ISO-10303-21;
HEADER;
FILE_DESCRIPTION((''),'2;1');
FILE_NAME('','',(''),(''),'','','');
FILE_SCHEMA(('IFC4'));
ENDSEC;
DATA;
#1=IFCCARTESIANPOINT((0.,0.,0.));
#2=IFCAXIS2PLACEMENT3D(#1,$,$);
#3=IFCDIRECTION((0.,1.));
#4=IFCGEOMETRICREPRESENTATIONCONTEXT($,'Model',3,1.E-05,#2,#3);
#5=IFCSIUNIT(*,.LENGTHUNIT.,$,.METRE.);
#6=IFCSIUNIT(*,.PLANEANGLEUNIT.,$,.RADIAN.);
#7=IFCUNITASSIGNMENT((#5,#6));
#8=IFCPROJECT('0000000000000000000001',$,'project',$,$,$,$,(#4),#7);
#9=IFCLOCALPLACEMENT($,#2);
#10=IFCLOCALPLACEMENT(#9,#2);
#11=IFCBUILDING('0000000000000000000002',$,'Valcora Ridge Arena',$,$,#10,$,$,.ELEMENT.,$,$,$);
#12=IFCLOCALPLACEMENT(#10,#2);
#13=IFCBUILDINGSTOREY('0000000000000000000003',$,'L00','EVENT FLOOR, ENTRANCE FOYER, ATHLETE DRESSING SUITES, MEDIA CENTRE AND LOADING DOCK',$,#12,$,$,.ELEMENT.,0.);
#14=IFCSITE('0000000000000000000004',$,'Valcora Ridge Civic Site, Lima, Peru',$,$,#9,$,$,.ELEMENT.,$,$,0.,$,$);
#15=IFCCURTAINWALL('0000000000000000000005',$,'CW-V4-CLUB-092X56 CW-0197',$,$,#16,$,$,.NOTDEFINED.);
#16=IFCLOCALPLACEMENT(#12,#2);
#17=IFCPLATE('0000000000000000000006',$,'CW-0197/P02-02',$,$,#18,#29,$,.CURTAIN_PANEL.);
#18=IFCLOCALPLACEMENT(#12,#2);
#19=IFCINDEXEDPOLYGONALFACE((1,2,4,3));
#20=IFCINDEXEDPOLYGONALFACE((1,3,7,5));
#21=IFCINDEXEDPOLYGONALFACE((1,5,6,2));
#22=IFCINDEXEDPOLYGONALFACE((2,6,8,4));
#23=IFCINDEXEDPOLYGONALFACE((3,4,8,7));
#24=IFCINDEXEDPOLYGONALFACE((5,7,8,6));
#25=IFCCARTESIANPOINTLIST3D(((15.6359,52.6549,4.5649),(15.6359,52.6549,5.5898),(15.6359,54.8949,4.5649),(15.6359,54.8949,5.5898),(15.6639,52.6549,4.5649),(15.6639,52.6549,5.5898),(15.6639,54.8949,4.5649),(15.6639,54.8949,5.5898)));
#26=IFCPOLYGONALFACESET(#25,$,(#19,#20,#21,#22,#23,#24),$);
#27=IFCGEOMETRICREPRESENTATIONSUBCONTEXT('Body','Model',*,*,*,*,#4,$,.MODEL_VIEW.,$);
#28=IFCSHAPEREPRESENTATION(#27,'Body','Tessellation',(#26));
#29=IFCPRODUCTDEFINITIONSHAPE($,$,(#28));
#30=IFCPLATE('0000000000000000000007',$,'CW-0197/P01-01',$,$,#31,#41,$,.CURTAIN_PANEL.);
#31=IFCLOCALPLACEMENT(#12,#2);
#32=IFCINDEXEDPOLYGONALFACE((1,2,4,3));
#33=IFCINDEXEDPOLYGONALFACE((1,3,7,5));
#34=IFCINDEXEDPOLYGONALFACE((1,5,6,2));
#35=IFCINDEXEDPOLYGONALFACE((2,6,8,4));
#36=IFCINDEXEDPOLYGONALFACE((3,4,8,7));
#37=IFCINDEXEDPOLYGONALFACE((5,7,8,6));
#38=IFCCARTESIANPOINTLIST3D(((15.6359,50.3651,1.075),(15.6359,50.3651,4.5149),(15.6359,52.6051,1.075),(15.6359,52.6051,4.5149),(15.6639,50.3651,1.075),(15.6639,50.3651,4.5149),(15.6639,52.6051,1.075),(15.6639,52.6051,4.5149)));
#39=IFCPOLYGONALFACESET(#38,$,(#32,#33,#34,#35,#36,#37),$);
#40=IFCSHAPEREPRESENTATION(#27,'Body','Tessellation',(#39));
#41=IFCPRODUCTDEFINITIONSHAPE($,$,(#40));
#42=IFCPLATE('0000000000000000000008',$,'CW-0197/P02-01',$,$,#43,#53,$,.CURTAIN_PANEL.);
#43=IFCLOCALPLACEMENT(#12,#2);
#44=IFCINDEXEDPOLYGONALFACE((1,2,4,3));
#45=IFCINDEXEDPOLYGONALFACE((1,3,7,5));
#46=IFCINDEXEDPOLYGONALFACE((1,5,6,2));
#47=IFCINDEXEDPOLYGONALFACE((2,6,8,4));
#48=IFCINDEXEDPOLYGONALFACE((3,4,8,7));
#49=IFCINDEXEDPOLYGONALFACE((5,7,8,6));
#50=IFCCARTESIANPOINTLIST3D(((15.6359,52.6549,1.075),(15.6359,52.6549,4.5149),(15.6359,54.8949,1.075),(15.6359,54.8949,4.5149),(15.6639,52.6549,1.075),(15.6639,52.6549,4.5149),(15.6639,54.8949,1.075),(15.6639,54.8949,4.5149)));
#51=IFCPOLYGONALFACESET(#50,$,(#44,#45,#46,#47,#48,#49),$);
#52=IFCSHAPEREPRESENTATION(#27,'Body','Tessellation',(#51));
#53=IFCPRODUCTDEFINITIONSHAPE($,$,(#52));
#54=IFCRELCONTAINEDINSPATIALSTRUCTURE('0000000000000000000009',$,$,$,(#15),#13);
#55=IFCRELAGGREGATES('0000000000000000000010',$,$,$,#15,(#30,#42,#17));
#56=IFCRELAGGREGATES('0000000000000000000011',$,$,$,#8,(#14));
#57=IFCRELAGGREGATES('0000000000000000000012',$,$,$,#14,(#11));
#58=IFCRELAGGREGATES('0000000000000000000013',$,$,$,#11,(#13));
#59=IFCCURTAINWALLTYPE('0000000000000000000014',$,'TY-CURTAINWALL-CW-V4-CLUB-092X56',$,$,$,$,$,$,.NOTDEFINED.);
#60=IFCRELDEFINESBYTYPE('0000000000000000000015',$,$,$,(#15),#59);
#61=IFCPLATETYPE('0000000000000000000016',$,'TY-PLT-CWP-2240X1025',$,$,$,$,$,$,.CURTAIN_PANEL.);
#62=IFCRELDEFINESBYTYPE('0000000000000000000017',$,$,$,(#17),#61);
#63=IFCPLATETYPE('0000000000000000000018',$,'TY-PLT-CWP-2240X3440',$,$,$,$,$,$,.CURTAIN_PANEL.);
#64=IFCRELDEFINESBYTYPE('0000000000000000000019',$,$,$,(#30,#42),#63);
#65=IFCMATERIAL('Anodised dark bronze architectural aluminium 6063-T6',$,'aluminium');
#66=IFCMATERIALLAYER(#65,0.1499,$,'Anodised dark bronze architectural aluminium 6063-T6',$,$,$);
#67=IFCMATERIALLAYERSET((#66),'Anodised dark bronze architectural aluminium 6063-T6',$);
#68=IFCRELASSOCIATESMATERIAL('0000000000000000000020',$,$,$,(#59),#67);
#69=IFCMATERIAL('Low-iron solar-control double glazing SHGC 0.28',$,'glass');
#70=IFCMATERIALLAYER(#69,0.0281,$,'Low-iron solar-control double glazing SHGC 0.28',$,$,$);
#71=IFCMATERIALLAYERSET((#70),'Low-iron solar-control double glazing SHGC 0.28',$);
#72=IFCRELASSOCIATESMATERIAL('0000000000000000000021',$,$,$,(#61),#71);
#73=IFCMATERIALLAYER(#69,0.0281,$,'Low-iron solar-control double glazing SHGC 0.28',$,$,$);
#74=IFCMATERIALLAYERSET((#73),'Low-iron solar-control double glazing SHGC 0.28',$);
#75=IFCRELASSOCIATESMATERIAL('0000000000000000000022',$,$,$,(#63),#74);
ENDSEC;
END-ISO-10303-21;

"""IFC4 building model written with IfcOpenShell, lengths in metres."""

from ifc_helpers import new_model, si_unit, direction, frame, origin, origin_2d, place, context, subcontext, project, spatial, rectangle, extrude, material, layer, layer_set, type_object, element, aggregate, save


model = new_model("IFC4")

# Units and contexts
model_context = context("Model", 3, precision=1e-05, world=origin(), true_north=direction((0.0, 1.0)))
body_context = subcontext(model_context, "Body", "Model", "MODEL_VIEW")
ifc_project = project(units=[si_unit("LENGTHUNIT", "METRE"), si_unit("PLANEANGLEUNIT", "RADIAN")], contexts=[model_context])

# Site, building, storey
site_placement = place(None, origin())
site = spatial("IfcSite", under=ifc_project, at=site_placement, Name="Valcora Ridge Civic Site, Lima, Peru", CompositionType="ELEMENT", RefElevation=0.0)
building_placement = place(site_placement, origin())
building = spatial("IfcBuilding", under=site, at=building_placement, Name="Valcora Ridge Arena", CompositionType="ELEMENT")
storey_placement = place(building_placement, origin())
storey = spatial("IfcBuildingStorey", under=building, at=storey_placement, Name="L00", Description="EVENT FLOOR, ENTRANCE FOYER, ATHLETE DRESSING SUITES, MEDIA CENTRE AND LOADING DOCK", CompositionType="ELEMENT", Elevation=0.0)

# Curtain wall, plates
ifc_material_1 = material(Name="Anodised dark bronze architectural aluminium 6063-T6", Category="aluminium")
ifc_layer_1 = layer(ifc_material_1, 0.1499, Name="Anodised dark bronze architectural aluminium 6063-T6")
ifc_layer_set_1 = layer_set([ifc_layer_1], Name="Anodised dark bronze architectural aluminium 6063-T6")
curtain_wall_type = type_object("IfcCurtainWallType", Name="TY-CURTAINWALL-CW-V4-CLUB-092X56", PredefinedType="NOTDEFINED", material=ifc_layer_set_1)
curtain_wall_placement = place(storey_placement, origin())
curtain_wall = element("IfcCurtainWall", 1, at=curtain_wall_placement, inside=storey, type_object=curtain_wall_type, Name="CW-V4-CLUB-092X56 CW-0197", PredefinedType="NOTDEFINED")
ifc_material_2 = material(Name="Low-iron solar-control double glazing SHGC 0.28", Category="glass")
ifc_layer_2 = layer(ifc_material_2, 0.0281, Name="Low-iron solar-control double glazing SHGC 0.28")
ifc_layer_set_2 = layer_set([ifc_layer_2], Name="Low-iron solar-control double glazing SHGC 0.28")
plate_type_1 = type_object("IfcPlateType", Name="TY-PLT-CWP-2240X1025", PredefinedType="CURTAIN_PANEL", material=ifc_layer_set_2)
plate_1_placement = place(storey_placement, frame((15.6499, 53.7749, 4.5649), z_axis=(0.0, 0.0, 1.0), x_axis=(0.0, 1.0, 0.0)))
plate_1 = element("IfcPlate", 2, at=plate_1_placement, type_object=plate_type_1, Name="CW-0197/P02-02", PredefinedType="CURTAIN_PANEL", context=body_context, shape_type="SweptSolid", body=[
    extrude(rectangle(XDim=2.24, YDim=0.0281, at=origin_2d()), origin(), (0.0, 0.0, 1.0), 1.0249),
])
ifc_layer_3 = layer(ifc_material_2, 0.0281, Name="Low-iron solar-control double glazing SHGC 0.28")
ifc_layer_set_3 = layer_set([ifc_layer_3], Name="Low-iron solar-control double glazing SHGC 0.28")
plate_type_2 = type_object("IfcPlateType", Name="TY-PLT-CWP-2240X3440", PredefinedType="CURTAIN_PANEL", material=ifc_layer_set_3)
plate_2_placement = place(storey_placement, frame((15.6499, 51.4851, 1.075), z_axis=(0.0, 0.0, 1.0), x_axis=(0.0, 1.0, 0.0)))
plate_2 = element("IfcPlate", 3, at=plate_2_placement, type_object=plate_type_2, Name="CW-0197/P01-01", PredefinedType="CURTAIN_PANEL", context=body_context, shape_type="SweptSolid", body=[
    extrude(rectangle(XDim=2.24, YDim=0.0281, at=origin_2d()), origin(), (0.0, 0.0, 1.0), 3.4399),
])
plate_3_placement = place(storey_placement, frame((15.6499, 53.7749, 1.075), z_axis=(0.0, 0.0, 1.0), x_axis=(0.0, 1.0, 0.0)))
plate_3 = element("IfcPlate", 4, at=plate_3_placement, type_object=plate_type_2, Name="CW-0197/P02-01", PredefinedType="CURTAIN_PANEL", context=body_context, shape_type="SweptSolid", body=[
    extrude(rectangle(XDim=2.24, YDim=0.0281, at=origin_2d()), origin(), (0.0, 0.0, 1.0), 3.4399),
])
aggregate(curtain_wall, [plate_2, plate_3, plate_1])

save(model, "model.ifc")
